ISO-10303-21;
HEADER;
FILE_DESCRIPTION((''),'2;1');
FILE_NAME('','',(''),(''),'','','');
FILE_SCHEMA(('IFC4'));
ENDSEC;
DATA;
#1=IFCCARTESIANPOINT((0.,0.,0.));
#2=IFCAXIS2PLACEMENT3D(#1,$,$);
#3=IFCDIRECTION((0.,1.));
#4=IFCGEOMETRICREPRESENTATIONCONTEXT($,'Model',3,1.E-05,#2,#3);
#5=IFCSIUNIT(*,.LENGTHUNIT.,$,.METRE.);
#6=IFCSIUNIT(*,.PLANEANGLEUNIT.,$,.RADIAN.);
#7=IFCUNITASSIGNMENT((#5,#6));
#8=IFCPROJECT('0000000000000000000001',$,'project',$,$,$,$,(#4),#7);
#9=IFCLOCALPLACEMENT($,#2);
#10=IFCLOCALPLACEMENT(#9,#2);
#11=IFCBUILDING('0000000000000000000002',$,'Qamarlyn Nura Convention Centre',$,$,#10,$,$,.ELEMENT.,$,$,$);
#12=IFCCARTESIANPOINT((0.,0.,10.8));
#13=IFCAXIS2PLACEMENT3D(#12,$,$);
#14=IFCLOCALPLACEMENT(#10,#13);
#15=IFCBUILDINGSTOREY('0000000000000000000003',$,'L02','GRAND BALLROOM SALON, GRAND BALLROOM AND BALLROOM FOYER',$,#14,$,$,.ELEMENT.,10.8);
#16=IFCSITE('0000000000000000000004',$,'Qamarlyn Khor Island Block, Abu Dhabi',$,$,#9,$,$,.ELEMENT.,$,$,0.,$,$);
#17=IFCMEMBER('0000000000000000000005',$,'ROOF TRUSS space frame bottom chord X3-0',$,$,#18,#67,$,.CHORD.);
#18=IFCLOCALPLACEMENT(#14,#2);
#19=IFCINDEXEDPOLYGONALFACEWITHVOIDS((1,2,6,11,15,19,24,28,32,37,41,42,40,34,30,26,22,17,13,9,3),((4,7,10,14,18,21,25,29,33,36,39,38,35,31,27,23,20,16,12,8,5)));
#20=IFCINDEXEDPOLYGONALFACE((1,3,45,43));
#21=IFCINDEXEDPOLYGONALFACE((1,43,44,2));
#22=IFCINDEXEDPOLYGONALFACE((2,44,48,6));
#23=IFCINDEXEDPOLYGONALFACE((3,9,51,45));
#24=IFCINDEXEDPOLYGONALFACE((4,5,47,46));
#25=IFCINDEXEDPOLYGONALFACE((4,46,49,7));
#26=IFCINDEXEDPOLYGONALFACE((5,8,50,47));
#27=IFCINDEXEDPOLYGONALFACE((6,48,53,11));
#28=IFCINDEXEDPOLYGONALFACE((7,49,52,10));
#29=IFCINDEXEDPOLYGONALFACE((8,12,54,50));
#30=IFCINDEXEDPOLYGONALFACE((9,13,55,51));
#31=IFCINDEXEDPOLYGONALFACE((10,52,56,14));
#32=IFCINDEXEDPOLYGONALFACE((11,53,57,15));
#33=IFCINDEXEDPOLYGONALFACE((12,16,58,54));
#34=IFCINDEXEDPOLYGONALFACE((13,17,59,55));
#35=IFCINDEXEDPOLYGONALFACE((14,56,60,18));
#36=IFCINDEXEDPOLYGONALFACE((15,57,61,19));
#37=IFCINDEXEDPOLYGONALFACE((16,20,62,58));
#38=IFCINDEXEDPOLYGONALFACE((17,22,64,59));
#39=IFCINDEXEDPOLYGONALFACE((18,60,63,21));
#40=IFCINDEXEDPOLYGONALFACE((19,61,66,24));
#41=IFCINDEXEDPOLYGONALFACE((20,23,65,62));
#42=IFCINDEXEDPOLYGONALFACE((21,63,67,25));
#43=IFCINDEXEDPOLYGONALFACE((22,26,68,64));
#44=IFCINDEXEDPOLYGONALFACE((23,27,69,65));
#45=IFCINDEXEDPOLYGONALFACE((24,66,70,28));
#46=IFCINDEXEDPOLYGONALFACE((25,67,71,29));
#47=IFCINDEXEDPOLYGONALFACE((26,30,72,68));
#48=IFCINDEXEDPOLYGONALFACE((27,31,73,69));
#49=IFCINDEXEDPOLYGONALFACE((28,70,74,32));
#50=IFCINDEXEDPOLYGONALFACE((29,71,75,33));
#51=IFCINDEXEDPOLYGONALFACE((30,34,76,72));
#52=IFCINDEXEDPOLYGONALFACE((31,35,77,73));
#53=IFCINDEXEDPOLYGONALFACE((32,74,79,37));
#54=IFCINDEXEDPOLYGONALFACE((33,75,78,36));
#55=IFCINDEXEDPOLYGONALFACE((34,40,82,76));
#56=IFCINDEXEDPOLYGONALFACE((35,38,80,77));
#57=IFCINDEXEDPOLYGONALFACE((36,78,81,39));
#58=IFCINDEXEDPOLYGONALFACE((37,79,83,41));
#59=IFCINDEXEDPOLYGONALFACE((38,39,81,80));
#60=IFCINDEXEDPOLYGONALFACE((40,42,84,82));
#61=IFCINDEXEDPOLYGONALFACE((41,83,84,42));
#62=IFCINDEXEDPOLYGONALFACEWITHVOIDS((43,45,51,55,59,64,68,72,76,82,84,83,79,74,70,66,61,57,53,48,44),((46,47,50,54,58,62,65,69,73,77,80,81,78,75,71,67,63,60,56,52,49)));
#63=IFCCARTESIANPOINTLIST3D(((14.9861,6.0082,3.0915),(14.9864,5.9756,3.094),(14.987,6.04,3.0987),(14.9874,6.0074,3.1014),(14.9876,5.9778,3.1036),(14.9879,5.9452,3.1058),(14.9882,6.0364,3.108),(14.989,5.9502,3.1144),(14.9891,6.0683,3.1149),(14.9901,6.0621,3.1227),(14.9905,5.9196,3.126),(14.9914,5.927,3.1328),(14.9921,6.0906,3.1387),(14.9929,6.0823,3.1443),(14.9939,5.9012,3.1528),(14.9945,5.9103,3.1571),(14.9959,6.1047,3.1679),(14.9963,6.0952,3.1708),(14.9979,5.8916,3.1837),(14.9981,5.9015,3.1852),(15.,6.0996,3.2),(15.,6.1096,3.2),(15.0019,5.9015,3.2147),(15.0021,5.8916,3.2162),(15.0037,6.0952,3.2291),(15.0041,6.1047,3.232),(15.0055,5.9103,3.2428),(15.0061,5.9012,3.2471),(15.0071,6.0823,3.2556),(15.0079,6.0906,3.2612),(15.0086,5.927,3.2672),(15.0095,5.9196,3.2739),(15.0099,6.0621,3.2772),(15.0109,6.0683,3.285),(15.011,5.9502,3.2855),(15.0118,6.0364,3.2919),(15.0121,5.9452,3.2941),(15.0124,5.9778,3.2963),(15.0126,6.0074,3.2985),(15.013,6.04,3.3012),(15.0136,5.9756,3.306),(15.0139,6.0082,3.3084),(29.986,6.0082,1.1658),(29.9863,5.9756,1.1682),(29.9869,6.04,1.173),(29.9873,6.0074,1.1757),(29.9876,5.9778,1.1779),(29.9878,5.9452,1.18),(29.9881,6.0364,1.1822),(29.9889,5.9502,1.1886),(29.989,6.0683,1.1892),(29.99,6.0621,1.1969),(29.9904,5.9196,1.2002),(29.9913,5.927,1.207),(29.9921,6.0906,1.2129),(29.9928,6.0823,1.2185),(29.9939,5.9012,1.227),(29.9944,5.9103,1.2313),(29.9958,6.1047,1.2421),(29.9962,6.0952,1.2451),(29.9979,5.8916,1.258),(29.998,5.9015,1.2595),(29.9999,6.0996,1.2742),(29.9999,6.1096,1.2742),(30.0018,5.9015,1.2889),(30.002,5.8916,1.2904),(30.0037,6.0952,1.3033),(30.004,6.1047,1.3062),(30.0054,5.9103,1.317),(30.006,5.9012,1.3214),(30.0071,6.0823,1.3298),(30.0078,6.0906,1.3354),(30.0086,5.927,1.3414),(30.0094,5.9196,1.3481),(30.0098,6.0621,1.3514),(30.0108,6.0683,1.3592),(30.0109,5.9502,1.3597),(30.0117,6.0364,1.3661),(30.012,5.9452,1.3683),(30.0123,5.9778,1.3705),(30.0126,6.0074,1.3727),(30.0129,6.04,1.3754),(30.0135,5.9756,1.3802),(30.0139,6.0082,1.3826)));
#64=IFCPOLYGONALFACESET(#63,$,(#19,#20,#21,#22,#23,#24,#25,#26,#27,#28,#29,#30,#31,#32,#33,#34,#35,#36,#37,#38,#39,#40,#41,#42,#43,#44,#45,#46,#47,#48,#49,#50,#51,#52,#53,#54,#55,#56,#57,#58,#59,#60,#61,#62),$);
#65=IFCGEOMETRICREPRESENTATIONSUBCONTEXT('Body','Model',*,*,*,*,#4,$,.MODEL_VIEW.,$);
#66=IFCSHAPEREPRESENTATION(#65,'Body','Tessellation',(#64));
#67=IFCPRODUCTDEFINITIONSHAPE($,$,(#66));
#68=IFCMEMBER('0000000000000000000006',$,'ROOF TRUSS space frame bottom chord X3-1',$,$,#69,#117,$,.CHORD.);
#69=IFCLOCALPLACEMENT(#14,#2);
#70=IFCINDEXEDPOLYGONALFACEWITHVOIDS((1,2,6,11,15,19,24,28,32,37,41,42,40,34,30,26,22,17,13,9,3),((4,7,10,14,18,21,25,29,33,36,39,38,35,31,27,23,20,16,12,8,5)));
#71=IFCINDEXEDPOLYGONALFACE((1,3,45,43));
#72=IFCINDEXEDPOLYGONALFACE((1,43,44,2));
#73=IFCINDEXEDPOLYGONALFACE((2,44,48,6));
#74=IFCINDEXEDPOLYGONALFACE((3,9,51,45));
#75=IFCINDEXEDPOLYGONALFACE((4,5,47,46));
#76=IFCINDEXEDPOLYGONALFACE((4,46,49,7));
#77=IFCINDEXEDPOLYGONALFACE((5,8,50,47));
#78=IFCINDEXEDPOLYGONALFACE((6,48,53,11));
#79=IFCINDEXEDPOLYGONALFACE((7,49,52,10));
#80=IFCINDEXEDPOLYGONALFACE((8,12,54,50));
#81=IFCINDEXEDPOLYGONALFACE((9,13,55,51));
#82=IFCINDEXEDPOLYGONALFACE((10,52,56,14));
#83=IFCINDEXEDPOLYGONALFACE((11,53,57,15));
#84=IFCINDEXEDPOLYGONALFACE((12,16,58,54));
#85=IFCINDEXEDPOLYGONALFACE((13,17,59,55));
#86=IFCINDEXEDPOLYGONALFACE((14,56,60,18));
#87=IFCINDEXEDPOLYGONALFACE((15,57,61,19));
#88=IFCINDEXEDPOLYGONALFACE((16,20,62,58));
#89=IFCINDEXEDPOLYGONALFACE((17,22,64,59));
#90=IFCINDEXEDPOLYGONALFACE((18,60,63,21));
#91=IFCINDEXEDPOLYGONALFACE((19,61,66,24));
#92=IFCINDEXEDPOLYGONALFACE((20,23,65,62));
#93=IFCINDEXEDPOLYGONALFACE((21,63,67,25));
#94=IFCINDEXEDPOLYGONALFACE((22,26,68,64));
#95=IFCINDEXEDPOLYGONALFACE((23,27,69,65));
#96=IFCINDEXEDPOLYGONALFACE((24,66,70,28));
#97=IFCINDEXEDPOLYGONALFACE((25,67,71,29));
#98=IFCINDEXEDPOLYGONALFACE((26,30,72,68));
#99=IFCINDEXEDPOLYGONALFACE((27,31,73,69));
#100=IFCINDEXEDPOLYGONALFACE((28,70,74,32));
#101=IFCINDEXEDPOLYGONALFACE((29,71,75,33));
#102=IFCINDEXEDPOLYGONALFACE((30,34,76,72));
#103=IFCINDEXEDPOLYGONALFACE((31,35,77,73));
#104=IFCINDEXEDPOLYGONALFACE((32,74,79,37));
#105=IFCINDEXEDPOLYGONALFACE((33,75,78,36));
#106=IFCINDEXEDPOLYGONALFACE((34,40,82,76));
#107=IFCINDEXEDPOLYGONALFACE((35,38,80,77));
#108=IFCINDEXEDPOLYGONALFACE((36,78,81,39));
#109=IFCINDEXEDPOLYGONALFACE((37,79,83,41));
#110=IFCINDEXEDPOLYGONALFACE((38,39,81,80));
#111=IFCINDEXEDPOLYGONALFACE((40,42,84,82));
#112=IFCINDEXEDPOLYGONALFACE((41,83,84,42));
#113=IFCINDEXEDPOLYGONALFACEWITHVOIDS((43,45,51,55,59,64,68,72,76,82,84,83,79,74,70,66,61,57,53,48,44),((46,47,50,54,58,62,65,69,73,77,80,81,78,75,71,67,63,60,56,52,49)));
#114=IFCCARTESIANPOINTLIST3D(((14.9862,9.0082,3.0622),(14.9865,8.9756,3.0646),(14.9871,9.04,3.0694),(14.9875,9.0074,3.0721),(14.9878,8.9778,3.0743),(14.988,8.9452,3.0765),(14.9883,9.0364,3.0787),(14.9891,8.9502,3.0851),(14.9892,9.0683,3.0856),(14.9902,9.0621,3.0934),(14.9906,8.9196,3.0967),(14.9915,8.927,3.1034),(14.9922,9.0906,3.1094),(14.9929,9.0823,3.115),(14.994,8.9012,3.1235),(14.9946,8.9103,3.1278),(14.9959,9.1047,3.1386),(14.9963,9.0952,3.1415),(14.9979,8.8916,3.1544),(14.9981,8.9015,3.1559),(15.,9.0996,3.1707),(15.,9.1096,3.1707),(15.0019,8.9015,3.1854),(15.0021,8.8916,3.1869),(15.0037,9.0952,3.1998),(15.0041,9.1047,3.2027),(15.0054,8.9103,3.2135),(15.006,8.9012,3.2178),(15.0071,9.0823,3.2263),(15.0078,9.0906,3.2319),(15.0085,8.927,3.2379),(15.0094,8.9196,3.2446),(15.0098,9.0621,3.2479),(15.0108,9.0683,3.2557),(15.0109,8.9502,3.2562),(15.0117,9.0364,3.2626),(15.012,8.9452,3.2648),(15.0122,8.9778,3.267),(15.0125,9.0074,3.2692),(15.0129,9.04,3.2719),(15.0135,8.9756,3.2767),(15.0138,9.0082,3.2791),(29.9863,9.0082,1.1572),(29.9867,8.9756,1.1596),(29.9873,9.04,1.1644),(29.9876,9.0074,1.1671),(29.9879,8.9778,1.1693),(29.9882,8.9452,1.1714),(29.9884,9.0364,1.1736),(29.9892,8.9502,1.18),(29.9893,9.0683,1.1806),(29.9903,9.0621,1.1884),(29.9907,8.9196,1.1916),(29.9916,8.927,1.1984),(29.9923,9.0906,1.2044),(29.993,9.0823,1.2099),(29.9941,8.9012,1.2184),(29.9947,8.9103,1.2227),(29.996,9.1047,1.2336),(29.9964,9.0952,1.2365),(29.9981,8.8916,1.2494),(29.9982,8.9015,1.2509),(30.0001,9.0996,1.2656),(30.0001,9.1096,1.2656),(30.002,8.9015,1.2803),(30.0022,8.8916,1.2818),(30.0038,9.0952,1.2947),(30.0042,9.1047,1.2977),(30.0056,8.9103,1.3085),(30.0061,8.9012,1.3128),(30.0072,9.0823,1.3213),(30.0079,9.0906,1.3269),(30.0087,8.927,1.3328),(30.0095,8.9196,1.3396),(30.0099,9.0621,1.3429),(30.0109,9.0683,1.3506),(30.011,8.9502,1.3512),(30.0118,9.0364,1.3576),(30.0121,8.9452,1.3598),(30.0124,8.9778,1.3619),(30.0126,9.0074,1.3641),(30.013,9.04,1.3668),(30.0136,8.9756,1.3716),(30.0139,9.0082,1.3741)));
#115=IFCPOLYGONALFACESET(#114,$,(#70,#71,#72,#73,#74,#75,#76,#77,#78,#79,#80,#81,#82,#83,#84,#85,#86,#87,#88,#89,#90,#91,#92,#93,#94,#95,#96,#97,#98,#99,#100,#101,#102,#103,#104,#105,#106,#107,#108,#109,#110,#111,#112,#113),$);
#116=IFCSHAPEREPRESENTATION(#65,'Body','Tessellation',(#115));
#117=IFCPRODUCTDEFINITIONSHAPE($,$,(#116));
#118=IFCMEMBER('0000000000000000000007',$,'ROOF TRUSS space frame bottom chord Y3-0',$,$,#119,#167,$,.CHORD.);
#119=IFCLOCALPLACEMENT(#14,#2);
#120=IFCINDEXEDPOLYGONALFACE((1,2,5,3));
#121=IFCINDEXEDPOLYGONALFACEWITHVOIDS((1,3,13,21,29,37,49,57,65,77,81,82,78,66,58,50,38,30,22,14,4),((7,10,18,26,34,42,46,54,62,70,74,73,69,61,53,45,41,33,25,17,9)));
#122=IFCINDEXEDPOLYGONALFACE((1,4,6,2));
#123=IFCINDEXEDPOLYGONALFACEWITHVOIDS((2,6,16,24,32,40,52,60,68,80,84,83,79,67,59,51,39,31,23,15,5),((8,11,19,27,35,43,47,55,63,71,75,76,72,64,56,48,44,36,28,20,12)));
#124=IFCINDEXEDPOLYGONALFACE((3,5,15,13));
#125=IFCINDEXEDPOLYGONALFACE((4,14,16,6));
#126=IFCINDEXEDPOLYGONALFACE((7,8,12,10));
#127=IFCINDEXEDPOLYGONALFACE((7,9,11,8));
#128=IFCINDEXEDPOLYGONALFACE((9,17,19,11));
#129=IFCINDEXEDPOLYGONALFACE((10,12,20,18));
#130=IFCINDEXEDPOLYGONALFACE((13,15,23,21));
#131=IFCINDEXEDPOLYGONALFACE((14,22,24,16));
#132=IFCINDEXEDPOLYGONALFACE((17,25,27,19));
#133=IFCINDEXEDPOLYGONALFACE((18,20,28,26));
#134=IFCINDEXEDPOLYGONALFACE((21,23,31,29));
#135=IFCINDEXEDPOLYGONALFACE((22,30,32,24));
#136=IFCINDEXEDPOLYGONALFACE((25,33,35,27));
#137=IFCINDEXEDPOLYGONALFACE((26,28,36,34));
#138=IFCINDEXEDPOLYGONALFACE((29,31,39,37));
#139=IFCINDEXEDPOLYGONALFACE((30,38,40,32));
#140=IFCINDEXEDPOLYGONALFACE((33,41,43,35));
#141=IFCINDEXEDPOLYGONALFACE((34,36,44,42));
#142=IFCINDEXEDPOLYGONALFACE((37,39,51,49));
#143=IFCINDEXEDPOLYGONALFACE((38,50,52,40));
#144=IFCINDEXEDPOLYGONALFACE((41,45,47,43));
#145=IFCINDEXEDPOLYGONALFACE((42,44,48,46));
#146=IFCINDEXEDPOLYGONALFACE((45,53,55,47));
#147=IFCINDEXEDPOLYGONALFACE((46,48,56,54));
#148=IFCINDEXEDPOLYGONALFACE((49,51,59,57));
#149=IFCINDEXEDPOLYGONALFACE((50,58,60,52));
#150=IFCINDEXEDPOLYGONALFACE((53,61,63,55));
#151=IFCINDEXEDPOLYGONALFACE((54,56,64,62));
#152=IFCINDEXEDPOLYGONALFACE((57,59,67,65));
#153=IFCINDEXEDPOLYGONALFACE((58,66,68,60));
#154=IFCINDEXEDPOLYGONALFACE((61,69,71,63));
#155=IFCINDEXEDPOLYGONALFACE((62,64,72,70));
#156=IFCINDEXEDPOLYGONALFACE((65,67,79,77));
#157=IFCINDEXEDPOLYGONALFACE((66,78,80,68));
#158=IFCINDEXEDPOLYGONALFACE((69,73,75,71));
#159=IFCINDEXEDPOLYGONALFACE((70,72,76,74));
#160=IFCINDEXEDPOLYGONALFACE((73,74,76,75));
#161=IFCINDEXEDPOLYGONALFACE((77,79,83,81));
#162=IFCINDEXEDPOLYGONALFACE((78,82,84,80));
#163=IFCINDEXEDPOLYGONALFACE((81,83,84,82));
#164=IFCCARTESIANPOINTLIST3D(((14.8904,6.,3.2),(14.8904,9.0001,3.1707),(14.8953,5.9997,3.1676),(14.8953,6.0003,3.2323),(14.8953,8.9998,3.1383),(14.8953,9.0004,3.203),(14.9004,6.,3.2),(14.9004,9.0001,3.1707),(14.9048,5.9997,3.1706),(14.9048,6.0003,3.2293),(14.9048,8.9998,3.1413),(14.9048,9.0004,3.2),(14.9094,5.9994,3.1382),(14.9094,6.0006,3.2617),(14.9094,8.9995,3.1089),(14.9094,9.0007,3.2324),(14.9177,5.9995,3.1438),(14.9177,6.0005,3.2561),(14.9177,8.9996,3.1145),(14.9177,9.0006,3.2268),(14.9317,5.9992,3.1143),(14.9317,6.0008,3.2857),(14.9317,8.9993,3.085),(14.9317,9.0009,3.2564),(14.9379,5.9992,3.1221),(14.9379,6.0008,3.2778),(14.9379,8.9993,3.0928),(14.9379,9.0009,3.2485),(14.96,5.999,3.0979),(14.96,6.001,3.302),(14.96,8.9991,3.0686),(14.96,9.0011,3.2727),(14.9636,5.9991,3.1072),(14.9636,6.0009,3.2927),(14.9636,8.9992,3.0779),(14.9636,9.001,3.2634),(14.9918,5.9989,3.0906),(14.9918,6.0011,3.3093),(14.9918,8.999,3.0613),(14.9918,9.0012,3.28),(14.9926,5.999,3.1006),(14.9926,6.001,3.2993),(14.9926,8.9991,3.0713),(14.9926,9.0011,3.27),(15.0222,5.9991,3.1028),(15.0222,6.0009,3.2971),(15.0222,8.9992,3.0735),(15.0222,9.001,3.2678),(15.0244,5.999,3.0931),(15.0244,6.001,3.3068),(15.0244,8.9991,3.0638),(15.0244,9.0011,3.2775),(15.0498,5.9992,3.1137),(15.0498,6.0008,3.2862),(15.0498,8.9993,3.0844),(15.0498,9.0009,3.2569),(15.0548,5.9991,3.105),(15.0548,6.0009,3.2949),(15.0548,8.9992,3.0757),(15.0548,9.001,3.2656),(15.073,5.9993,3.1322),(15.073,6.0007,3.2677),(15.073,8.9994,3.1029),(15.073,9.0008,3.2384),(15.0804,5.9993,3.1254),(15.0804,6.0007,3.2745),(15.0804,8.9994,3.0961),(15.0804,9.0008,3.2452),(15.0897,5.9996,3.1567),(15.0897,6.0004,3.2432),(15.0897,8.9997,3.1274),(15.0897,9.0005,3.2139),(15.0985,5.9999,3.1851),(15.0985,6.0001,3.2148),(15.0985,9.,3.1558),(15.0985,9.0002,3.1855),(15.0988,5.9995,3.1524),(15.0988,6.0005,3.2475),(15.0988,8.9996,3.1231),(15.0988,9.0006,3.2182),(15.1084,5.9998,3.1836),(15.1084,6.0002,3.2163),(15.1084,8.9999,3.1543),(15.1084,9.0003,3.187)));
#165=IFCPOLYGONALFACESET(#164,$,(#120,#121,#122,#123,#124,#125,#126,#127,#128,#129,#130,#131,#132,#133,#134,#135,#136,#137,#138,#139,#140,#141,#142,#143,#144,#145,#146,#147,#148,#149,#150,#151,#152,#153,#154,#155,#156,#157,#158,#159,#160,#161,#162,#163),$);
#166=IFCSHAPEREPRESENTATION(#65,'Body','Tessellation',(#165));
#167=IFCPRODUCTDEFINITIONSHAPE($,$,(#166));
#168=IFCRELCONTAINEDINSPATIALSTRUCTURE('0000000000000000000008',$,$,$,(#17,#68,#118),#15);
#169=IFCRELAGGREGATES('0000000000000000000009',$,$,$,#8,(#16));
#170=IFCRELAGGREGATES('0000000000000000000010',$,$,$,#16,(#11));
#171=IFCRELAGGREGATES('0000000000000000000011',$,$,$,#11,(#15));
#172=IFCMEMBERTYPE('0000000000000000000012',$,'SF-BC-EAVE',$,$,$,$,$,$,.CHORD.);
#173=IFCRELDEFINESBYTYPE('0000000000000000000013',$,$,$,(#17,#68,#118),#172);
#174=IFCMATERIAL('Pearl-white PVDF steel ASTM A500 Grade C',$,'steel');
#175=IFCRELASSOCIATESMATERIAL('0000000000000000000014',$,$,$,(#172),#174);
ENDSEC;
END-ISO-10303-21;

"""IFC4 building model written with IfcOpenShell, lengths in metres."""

from ifc_helpers import new_model, si_unit, direction, frame, origin, origin_2d, place, context, subcontext, project, spatial, hollow_circle, extrude, material, material_profile, profile_set, type_object, element, save


model = new_model("IFC4")

# Units and contexts
model_context = context("Model", 3, precision=1e-05, world=origin(), true_north=direction((0.0, 1.0)))
body_context = subcontext(model_context, "Body", "Model", "MODEL_VIEW")
ifc_project = project(units=[si_unit("LENGTHUNIT", "METRE"), si_unit("PLANEANGLEUNIT", "RADIAN")], contexts=[model_context])

# Site, building, storey
site_placement = place(None, origin())
site = spatial("IfcSite", under=ifc_project, at=site_placement, Name="Qamarlyn Khor Island Block, Abu Dhabi", CompositionType="ELEMENT", RefElevation=0.0)
building_placement = place(site_placement, origin())
building = spatial("IfcBuilding", under=site, at=building_placement, Name="Qamarlyn Nura Convention Centre", CompositionType="ELEMENT")
storey_placement = place(building_placement, frame((0.0, 0.0, 10.8)))
storey = spatial("IfcBuildingStorey", under=building, at=storey_placement, Name="L02", Description="GRAND BALLROOM SALON, GRAND BALLROOM AND BALLROOM FOYER", CompositionType="ELEMENT", Elevation=10.8)

# Members
ifc_material_1 = material(Name="Pearl-white PVDF steel ASTM A500 Grade C", Category="steel")
ifc_material_profile_1 = material_profile(ifc_material_1, hollow_circle(Radius=0.1096, WallThickness=0.01, at=origin_2d()), Name="CHS219.1X10")
ifc_profile_set_1 = profile_set([ifc_material_profile_1], Name="Pearl-white PVDF steel ASTM A500 Grade C")
member_type_1 = type_object("IfcMemberType", Name="SF-BC-EAVE", PredefinedType="CHORD", material=ifc_profile_set_1)
member_1_placement = place(storey_placement, frame((15.0, 6.0, 3.2), z_axis=(0.991859, 0.0, -0.12734), x_axis=(0.0, 1.0, 0.0)))
element("IfcMember", 1, at=member_1_placement, inside=storey, type_object=member_type_1, Name="ROOF TRUSS space frame bottom chord X3-0", PredefinedType="CHORD", context=body_context, shape_type="SweptSolid", body=[
    extrude(hollow_circle(Radius=0.1096, WallThickness=0.01, at=origin_2d()), origin(), (0.0, 0.0, 1.0), 15.123),
])
member_2_placement = place(storey_placement, frame((15.0, 9.0, 3.1707), z_axis=(0.992032, 0.0, -0.12599), x_axis=(0.0, 1.0, 0.0)))
element("IfcMember", 2, at=member_2_placement, inside=storey, type_object=member_type_1, Name="ROOF TRUSS space frame bottom chord X3-1", PredefinedType="CHORD", context=body_context, shape_type="SweptSolid", body=[
    extrude(hollow_circle(Radius=0.1096, WallThickness=0.01, at=origin_2d()), origin(), (0.0, 0.0, 1.0), 15.1206),
])
member_3_placement = place(storey_placement, frame((15.0, 6.0, 3.2), z_axis=(0.0, 0.999952, -0.009765), x_axis=(-1.0, 0.0, 0.0)))
element("IfcMember", 3, at=member_3_placement, inside=storey, type_object=member_type_1, Name="ROOF TRUSS space frame bottom chord Y3-0", PredefinedType="CHORD", context=body_context, shape_type="SweptSolid", body=[
    extrude(hollow_circle(Radius=0.1096, WallThickness=0.01, at=origin_2d()), origin(), (0.0, 0.0, 1.0), 3.0002),
])

save(model, "model.ifc")
